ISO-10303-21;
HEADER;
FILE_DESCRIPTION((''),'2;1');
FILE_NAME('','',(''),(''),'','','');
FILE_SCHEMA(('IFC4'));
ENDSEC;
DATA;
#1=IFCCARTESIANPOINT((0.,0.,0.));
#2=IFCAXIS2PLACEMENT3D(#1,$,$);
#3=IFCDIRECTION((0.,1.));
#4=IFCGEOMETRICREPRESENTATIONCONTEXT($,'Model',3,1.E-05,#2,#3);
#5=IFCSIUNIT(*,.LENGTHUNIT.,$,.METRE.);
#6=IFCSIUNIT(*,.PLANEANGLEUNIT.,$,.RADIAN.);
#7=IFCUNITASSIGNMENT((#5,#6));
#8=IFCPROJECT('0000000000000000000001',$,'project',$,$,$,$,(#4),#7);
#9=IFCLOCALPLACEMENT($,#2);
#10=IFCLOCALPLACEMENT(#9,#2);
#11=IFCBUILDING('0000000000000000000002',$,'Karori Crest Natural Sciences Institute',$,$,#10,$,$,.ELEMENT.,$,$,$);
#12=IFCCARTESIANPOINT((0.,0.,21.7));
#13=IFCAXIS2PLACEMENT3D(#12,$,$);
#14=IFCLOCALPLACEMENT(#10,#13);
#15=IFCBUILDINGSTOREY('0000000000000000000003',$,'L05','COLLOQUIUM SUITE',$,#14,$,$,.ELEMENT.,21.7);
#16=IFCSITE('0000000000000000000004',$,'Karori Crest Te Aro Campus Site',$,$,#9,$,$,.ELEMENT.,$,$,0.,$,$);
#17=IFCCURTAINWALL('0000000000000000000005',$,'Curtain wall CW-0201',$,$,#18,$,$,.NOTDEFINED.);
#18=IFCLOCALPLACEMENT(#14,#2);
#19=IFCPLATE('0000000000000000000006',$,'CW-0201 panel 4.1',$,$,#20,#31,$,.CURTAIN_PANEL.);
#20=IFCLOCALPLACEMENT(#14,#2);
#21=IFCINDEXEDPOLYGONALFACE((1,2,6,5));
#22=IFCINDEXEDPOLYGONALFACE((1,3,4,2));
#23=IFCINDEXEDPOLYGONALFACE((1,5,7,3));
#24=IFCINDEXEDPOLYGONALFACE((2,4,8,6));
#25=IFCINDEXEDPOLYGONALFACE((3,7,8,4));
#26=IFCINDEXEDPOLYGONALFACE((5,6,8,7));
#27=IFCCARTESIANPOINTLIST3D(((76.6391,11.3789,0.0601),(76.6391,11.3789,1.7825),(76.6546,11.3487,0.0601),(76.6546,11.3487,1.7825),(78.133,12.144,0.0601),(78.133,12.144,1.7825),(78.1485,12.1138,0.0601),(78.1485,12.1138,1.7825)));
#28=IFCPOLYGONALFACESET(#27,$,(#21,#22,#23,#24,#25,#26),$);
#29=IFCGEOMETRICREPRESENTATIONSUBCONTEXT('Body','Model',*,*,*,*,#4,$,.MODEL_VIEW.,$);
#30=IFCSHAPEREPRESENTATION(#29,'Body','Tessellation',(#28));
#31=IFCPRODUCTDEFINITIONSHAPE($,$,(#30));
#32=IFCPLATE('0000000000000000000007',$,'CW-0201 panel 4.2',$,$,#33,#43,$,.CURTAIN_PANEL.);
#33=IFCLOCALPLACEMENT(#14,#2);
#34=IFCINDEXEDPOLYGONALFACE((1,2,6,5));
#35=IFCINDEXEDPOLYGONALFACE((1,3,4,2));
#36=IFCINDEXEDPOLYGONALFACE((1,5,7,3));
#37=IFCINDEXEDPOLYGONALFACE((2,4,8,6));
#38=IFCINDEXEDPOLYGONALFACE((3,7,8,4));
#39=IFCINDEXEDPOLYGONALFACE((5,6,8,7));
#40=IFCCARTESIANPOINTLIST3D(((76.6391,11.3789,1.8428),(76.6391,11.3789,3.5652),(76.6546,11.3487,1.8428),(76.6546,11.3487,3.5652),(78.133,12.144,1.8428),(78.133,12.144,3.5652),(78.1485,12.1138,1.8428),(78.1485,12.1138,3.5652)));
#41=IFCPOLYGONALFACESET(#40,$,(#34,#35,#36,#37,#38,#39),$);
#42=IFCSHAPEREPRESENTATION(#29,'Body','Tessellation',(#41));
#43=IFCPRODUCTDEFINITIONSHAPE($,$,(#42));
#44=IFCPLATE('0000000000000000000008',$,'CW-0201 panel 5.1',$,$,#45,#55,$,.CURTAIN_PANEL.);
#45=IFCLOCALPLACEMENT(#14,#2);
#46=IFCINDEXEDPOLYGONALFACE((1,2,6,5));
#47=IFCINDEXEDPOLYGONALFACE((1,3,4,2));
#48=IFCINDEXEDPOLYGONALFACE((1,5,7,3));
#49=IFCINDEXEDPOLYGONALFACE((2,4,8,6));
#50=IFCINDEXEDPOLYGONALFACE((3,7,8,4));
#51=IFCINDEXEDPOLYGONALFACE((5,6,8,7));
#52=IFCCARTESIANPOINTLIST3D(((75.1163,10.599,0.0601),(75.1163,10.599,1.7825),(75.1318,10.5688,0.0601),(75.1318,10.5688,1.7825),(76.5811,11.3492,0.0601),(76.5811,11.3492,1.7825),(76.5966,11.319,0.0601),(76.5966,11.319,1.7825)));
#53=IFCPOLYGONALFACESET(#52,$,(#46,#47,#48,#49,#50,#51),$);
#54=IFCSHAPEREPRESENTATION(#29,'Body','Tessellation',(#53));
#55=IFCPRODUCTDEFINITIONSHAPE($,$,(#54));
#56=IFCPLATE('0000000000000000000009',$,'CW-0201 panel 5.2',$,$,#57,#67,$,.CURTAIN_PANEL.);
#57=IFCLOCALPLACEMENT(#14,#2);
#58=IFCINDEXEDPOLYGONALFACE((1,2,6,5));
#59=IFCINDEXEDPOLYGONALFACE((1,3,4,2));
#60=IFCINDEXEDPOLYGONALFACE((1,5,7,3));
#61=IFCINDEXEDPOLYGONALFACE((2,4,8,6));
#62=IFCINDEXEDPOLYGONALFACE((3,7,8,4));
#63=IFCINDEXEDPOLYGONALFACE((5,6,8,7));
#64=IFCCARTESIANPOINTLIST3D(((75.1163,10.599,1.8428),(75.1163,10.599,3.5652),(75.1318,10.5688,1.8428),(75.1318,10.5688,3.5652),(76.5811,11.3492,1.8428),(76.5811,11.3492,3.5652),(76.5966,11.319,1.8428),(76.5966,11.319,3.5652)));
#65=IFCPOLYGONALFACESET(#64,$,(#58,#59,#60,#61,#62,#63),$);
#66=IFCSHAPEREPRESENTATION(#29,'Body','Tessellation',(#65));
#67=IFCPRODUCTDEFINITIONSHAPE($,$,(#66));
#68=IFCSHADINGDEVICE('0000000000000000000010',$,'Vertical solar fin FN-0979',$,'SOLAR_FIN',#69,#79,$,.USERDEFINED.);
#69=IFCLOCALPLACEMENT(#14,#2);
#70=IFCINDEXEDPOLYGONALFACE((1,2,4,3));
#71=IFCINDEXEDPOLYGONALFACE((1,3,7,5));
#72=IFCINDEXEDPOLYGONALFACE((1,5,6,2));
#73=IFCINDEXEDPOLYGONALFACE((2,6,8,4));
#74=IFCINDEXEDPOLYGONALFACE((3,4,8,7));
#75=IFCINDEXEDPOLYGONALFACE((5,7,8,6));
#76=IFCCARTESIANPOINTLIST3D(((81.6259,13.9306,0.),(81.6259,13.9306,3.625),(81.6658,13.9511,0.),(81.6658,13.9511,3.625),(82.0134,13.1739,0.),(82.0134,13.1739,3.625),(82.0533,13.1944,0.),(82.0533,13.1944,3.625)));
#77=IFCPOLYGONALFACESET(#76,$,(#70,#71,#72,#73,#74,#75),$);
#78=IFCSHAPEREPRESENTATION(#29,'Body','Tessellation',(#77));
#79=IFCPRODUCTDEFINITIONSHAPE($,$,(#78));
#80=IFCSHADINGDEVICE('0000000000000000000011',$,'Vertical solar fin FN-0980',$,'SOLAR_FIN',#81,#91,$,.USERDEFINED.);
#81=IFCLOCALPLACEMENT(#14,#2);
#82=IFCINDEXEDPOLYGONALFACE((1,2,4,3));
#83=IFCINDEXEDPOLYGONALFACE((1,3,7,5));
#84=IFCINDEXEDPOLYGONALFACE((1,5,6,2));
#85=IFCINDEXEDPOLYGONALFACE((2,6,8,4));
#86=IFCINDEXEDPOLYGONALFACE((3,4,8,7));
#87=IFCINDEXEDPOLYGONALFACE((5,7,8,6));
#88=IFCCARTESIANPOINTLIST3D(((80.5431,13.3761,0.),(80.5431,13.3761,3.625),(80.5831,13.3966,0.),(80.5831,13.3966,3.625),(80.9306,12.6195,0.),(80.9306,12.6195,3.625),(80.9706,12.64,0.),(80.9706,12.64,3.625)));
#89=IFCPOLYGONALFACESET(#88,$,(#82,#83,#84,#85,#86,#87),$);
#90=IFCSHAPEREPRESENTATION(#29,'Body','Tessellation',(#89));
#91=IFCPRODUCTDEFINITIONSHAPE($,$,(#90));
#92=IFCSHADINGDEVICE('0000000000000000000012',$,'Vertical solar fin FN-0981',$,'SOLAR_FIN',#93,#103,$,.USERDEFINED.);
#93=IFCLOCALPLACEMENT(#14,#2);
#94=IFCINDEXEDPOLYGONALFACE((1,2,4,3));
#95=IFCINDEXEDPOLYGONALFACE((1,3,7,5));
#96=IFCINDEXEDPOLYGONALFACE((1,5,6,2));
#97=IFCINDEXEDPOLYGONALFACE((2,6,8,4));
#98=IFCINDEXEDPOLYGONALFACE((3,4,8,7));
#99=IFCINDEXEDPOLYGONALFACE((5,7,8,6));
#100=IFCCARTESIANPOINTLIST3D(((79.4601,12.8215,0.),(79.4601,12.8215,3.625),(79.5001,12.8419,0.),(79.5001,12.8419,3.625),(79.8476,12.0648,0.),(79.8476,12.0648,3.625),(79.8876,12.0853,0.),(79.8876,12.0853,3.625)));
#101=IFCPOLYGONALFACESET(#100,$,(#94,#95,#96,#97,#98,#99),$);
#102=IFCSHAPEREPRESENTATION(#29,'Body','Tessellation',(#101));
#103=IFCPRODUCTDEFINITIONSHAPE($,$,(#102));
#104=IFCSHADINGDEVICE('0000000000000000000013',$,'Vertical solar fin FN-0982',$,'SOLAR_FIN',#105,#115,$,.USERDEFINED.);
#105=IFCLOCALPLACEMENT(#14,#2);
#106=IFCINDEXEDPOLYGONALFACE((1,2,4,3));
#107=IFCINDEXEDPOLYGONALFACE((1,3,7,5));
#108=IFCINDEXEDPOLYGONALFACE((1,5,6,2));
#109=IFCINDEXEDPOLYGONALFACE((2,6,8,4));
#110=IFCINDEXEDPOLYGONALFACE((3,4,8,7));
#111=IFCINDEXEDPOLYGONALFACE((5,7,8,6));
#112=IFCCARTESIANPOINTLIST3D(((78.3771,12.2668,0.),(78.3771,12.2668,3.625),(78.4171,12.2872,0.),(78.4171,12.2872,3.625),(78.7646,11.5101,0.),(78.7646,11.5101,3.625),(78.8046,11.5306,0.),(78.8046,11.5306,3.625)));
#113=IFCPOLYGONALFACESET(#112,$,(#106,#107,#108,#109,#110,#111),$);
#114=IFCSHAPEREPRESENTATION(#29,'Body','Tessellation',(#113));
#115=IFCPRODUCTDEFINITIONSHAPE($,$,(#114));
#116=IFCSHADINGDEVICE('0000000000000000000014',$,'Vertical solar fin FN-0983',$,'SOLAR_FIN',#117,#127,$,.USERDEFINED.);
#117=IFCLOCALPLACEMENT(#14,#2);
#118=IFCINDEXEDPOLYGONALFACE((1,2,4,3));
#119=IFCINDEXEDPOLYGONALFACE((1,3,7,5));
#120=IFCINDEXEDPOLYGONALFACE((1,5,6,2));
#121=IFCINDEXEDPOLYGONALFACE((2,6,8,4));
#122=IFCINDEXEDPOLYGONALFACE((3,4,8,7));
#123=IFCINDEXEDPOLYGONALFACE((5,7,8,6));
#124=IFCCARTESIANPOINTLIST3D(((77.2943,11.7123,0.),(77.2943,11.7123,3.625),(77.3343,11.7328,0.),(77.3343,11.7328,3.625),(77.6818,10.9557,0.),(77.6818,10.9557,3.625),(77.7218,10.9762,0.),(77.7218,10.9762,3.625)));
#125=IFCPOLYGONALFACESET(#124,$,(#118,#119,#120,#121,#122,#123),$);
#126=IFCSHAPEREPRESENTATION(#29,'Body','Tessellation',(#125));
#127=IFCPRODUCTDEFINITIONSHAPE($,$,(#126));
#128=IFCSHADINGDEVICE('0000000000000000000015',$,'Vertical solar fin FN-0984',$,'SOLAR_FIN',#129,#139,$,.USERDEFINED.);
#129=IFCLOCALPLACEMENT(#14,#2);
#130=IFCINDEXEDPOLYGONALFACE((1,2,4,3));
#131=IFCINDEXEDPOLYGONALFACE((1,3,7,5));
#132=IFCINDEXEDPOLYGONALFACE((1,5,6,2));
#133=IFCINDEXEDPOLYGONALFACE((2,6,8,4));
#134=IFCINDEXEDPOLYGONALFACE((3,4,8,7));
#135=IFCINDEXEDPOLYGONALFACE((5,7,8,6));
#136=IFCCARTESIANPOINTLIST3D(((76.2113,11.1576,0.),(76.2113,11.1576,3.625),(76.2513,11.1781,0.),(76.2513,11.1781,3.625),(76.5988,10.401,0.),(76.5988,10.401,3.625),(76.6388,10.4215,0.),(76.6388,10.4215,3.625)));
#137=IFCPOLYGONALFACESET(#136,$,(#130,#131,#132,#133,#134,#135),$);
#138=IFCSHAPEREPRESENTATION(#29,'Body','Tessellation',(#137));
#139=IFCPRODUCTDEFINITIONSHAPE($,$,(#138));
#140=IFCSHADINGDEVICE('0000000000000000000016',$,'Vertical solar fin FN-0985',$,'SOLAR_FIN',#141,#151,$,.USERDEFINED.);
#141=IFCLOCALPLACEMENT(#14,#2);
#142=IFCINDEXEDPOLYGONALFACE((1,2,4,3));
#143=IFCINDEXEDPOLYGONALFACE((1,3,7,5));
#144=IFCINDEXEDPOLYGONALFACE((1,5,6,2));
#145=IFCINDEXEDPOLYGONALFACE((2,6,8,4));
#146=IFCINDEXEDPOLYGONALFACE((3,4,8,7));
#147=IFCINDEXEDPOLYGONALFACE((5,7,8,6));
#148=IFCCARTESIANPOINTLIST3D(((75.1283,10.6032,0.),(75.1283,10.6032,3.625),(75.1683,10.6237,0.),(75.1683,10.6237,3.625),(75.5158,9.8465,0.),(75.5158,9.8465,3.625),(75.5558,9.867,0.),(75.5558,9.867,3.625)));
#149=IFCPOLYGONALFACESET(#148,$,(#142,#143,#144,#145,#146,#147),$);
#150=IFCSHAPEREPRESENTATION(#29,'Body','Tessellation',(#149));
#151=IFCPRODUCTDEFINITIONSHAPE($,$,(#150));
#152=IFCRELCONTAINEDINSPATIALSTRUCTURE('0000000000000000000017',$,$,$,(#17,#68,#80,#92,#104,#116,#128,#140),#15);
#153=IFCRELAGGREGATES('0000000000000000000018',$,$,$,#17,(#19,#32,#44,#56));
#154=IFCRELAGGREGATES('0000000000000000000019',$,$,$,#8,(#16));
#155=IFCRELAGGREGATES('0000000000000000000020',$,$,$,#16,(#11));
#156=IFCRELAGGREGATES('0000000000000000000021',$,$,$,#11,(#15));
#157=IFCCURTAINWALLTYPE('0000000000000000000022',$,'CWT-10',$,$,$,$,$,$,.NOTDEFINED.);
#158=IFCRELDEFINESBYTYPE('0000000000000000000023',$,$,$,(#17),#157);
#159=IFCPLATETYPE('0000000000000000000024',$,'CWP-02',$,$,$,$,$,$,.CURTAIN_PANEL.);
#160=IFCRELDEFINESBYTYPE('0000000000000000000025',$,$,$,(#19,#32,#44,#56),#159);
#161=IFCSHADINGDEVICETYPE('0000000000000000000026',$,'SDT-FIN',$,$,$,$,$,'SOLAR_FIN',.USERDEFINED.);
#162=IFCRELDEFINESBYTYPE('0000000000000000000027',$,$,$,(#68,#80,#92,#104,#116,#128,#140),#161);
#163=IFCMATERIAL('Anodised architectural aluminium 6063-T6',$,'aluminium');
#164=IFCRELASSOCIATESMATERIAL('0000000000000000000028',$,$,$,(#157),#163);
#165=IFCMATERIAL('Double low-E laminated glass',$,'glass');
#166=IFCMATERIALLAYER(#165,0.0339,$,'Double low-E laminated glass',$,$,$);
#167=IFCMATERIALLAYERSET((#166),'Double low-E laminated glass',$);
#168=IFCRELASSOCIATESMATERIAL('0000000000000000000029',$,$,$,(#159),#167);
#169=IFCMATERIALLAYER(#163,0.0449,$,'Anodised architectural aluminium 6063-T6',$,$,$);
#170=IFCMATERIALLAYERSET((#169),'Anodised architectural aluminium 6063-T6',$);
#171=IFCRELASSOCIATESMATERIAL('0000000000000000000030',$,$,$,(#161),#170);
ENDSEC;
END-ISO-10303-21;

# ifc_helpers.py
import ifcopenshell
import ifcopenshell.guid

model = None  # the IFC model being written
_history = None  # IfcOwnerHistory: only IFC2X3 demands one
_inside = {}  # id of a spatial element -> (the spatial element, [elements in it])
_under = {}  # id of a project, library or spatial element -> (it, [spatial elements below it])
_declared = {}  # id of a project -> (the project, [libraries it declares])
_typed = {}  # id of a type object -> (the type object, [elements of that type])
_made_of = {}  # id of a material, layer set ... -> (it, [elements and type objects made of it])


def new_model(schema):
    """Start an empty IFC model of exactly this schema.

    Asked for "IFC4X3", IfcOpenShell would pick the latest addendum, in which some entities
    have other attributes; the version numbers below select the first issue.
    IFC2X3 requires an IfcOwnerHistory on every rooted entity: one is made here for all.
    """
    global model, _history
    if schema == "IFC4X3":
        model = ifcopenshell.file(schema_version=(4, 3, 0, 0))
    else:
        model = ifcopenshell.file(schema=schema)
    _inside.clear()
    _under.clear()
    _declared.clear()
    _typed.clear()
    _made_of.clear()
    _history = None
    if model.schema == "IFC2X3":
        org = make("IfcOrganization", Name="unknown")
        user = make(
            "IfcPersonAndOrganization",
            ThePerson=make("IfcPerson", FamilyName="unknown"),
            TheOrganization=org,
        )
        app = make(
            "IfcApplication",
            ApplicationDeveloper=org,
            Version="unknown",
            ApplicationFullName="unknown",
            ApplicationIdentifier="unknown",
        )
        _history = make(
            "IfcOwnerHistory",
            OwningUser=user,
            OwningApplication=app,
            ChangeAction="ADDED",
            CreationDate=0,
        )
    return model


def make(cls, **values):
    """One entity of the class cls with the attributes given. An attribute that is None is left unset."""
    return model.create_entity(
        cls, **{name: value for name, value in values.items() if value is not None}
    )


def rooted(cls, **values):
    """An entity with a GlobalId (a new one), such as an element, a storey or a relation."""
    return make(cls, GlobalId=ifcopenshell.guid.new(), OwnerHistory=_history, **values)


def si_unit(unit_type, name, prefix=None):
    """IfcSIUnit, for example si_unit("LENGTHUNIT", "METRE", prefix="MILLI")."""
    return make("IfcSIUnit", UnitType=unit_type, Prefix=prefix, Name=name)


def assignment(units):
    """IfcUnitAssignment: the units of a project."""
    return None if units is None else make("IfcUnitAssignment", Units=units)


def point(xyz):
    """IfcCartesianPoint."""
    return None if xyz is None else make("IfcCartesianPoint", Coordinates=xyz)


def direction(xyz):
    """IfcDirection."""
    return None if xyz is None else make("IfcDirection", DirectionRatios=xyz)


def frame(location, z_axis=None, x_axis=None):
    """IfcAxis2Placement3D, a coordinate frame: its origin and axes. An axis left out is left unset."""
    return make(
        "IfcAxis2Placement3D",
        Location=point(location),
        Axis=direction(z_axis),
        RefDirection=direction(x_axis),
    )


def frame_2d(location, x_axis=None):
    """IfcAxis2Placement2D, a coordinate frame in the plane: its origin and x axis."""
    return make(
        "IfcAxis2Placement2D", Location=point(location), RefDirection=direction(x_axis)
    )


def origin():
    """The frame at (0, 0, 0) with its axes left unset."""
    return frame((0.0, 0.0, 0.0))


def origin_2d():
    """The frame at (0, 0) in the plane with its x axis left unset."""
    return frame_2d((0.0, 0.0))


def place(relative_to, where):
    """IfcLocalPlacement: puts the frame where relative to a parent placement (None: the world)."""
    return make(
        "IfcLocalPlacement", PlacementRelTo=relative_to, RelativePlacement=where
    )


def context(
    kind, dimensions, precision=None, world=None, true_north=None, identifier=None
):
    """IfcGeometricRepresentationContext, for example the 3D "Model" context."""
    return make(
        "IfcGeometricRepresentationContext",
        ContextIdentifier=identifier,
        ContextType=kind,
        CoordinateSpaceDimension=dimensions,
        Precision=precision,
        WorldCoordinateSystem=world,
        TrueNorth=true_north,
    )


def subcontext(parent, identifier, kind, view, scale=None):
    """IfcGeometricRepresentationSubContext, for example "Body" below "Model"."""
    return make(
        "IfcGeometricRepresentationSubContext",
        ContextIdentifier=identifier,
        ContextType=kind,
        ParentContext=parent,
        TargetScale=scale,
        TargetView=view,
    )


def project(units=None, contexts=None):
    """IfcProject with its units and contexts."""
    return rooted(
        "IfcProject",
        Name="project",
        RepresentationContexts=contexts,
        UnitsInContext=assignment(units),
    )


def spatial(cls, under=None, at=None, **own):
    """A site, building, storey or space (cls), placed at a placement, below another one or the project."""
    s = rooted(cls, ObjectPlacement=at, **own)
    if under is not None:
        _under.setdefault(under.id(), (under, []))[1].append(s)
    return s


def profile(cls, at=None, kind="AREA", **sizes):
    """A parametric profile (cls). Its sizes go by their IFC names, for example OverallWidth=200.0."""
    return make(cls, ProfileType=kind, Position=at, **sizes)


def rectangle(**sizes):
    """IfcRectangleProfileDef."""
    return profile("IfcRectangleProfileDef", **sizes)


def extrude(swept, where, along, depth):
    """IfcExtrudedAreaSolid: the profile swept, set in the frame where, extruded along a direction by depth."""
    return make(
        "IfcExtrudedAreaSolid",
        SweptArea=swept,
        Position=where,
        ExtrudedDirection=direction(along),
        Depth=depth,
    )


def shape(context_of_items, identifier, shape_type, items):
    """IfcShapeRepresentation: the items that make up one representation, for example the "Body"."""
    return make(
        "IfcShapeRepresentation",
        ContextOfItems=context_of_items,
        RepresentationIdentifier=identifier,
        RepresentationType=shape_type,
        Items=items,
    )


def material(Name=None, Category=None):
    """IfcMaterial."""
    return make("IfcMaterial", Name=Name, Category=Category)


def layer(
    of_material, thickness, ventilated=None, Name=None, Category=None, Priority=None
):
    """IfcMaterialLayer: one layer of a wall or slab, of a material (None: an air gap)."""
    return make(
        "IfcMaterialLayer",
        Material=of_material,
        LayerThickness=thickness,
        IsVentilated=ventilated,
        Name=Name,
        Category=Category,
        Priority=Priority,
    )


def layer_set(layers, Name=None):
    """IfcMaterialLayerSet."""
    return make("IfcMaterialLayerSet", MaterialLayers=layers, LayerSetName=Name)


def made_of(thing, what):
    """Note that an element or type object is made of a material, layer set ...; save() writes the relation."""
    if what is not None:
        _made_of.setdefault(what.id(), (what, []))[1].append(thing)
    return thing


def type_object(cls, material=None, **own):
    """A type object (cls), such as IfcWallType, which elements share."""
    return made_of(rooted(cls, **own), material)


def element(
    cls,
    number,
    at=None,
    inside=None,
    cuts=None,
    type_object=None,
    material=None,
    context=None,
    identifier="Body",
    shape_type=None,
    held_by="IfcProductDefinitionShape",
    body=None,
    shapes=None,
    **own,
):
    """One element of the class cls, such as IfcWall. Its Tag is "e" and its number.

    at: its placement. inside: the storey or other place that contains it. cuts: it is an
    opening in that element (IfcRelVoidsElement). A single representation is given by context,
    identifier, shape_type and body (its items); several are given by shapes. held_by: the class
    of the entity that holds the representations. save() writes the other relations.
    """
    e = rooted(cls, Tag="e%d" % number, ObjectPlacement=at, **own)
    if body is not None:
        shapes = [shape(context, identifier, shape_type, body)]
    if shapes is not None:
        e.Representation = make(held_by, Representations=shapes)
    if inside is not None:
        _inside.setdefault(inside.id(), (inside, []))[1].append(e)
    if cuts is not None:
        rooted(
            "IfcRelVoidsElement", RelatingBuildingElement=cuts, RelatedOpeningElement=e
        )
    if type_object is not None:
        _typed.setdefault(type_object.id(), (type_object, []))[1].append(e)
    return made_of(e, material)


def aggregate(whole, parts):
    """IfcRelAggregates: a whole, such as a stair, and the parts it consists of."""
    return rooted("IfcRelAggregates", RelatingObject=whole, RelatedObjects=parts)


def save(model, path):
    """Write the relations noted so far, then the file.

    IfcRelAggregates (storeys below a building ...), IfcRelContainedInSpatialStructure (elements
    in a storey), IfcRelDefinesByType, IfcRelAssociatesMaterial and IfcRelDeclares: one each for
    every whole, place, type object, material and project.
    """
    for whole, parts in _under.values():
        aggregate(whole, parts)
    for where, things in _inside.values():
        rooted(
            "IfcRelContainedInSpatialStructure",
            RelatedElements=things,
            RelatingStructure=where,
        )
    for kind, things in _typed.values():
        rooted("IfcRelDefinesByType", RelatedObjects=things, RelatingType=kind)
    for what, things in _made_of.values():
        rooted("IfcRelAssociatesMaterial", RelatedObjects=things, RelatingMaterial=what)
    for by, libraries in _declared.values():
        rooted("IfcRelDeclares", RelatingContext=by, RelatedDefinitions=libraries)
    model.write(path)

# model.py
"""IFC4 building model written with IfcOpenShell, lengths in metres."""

from ifc_helpers import new_model, si_unit, direction, frame, origin, origin_2d, place, context, subcontext, project, spatial, rectangle, extrude, material, layer, layer_set, type_object, element, aggregate, save


model = new_model("IFC4")

# Units and contexts
model_context = context("Model", 3, precision=1e-05, world=origin(), true_north=direction((0.0, 1.0)))
body_context = subcontext(model_context, "Body", "Model", "MODEL_VIEW")
ifc_project = project(units=[si_unit("LENGTHUNIT", "METRE"), si_unit("PLANEANGLEUNIT", "RADIAN")], contexts=[model_context])

# Site, building, storey
site_placement = place(None, origin())
site = spatial("IfcSite", under=ifc_project, at=site_placement, Name="Karori Crest Te Aro Campus Site", CompositionType="ELEMENT", RefElevation=0.0)
building_placement = place(site_placement, origin())
building = spatial("IfcBuilding", under=site, at=building_placement, Name="Karori Crest Natural Sciences Institute", CompositionType="ELEMENT")
storey_placement = place(building_placement, frame((0.0, 0.0, 21.7)))
storey = spatial("IfcBuildingStorey", under=building, at=storey_placement, Name="L05", Description="COLLOQUIUM SUITE", CompositionType="ELEMENT", Elevation=21.7)

# Curtain wall, plates
ifc_material_1 = material(Name="Anodised architectural aluminium 6063-T6", Category="aluminium")
curtain_wall_type = type_object("IfcCurtainWallType", Name="CWT-10", PredefinedType="NOTDEFINED", material=ifc_material_1)
curtain_wall_placement = place(storey_placement, origin())
curtain_wall = element("IfcCurtainWall", 1, at=curtain_wall_placement, inside=storey, type_object=curtain_wall_type, Name="Curtain wall CW-0201", PredefinedType="NOTDEFINED")
ifc_material_2 = material(Name="Double low-E laminated glass", Category="glass")
ifc_layer_1 = layer(ifc_material_2, 0.0339, Name="Double low-E laminated glass")
ifc_layer_set_1 = layer_set([ifc_layer_1], Name="Double low-E laminated glass")
plate_type = type_object("IfcPlateType", Name="CWP-02", PredefinedType="CURTAIN_PANEL", material=ifc_layer_set_1)
plate_1_placement = place(storey_placement, frame((77.3938, 11.7463, 0.0601), z_axis=(0.0, 0.0, 1.0), x_axis=(-0.890067, -0.455829, 0.0)))
plate_1 = element("IfcPlate", 2, at=plate_1_placement, type_object=plate_type, Name="CW-0201 panel 4.1", PredefinedType="CURTAIN_PANEL", context=body_context, shape_type="SweptSolid", body=[
    extrude(rectangle(XDim=1.6785, YDim=0.0339, at=origin_2d()), origin(), (0.0, 0.0, 1.0), 1.7224),
])
plate_2_placement = place(storey_placement, frame((77.3938, 11.7463, 1.8428), z_axis=(0.0, 0.0, 1.0), x_axis=(-0.890067, -0.455829, 0.0)))
plate_2 = element("IfcPlate", 3, at=plate_2_placement, type_object=plate_type, Name="CW-0201 panel 4.2", PredefinedType="CURTAIN_PANEL", context=body_context, shape_type="SweptSolid", body=[
    extrude(rectangle(XDim=1.6785, YDim=0.0339, at=origin_2d()), origin(), (0.0, 0.0, 1.0), 1.7224),
])
plate_3_placement = place(storey_placement, frame((75.8564, 10.959, 0.0601), z_axis=(0.0, 0.0, 1.0), x_axis=(-0.890067, -0.455829, 0.0)))
plate_3 = element("IfcPlate", 4, at=plate_3_placement, type_object=plate_type, Name="CW-0201 panel 5.1", PredefinedType="CURTAIN_PANEL", context=body_context, shape_type="SweptSolid", body=[
    extrude(rectangle(XDim=1.6458, YDim=0.0339, at=origin_2d()), origin(), (0.0, 0.0, 1.0), 1.7224),
])
plate_4_placement = place(storey_placement, frame((75.8564, 10.959, 1.8428), z_axis=(0.0, 0.0, 1.0), x_axis=(-0.890067, -0.455829, 0.0)))
plate_4 = element("IfcPlate", 5, at=plate_4_placement, type_object=plate_type, Name="CW-0201 panel 5.2", PredefinedType="CURTAIN_PANEL", context=body_context, shape_type="SweptSolid", body=[
    extrude(rectangle(XDim=1.6458, YDim=0.0339, at=origin_2d()), origin(), (0.0, 0.0, 1.0), 1.7224),
])
aggregate(curtain_wall, [plate_1, plate_2, plate_3, plate_4])

# Shading devices
ifc_layer_2 = layer(ifc_material_1, 0.0449, Name="Anodised architectural aluminium 6063-T6")
ifc_layer_set_2 = layer_set([ifc_layer_2], Name="Anodised architectural aluminium 6063-T6")
shading_device_type = type_object("IfcShadingDeviceType", Name="SDT-FIN", ElementType="SOLAR_FIN", PredefinedType="USERDEFINED", material=ifc_layer_set_2)
for number, where, z_axis, x_axis, name in (
    (6, (81.8396, 13.5625, 0.0), (0.0, 0.0, 1.0), (0.455829, -0.890067, 0.0), "Vertical solar fin FN-0979"),
    (7, (80.7568, 13.0081, 0.0), (0.0, 0.0, 1.0), (0.455829, -0.890067, 0.0), "Vertical solar fin FN-0980"),
    (8, (79.6738, 12.4534, 0.0), (0.0, 0.0, 1.0), (0.455829, -0.890067, 0.0), "Vertical solar fin FN-0981"),
    (9, (78.5908, 11.8987, 0.0), (0.0, 0.0, 1.0), (0.455829, -0.890067, 0.0), "Vertical solar fin FN-0982"),
    (10, (77.5081, 11.3442, 0.0), (0.0, 0.0, 1.0), (0.455829, -0.890067, 0.0), "Vertical solar fin FN-0983"),
    (11, (76.425, 10.7896, 0.0), (0.0, 0.0, 1.0), (0.455829, -0.890067, 0.0), "Vertical solar fin FN-0984"),
    (12, (75.342, 10.2351, 0.0), (0.0, 0.0, 1.0), (0.455829, -0.890067, 0.0), "Vertical solar fin FN-0985"),
):
    element("IfcShadingDevice", number, at=place(storey_placement, frame(where, z_axis=z_axis, x_axis=x_axis)), inside=storey, type_object=shading_device_type, Name=name, ObjectType="SOLAR_FIN", PredefinedType="USERDEFINED", context=body_context, shape_type="SweptSolid", body=[
        extrude(rectangle(XDim=0.8501, YDim=0.0449, at=origin_2d()), origin(), (0.0, 0.0, 1.0), 3.625),
    ])

save(model, "model.ifc")
